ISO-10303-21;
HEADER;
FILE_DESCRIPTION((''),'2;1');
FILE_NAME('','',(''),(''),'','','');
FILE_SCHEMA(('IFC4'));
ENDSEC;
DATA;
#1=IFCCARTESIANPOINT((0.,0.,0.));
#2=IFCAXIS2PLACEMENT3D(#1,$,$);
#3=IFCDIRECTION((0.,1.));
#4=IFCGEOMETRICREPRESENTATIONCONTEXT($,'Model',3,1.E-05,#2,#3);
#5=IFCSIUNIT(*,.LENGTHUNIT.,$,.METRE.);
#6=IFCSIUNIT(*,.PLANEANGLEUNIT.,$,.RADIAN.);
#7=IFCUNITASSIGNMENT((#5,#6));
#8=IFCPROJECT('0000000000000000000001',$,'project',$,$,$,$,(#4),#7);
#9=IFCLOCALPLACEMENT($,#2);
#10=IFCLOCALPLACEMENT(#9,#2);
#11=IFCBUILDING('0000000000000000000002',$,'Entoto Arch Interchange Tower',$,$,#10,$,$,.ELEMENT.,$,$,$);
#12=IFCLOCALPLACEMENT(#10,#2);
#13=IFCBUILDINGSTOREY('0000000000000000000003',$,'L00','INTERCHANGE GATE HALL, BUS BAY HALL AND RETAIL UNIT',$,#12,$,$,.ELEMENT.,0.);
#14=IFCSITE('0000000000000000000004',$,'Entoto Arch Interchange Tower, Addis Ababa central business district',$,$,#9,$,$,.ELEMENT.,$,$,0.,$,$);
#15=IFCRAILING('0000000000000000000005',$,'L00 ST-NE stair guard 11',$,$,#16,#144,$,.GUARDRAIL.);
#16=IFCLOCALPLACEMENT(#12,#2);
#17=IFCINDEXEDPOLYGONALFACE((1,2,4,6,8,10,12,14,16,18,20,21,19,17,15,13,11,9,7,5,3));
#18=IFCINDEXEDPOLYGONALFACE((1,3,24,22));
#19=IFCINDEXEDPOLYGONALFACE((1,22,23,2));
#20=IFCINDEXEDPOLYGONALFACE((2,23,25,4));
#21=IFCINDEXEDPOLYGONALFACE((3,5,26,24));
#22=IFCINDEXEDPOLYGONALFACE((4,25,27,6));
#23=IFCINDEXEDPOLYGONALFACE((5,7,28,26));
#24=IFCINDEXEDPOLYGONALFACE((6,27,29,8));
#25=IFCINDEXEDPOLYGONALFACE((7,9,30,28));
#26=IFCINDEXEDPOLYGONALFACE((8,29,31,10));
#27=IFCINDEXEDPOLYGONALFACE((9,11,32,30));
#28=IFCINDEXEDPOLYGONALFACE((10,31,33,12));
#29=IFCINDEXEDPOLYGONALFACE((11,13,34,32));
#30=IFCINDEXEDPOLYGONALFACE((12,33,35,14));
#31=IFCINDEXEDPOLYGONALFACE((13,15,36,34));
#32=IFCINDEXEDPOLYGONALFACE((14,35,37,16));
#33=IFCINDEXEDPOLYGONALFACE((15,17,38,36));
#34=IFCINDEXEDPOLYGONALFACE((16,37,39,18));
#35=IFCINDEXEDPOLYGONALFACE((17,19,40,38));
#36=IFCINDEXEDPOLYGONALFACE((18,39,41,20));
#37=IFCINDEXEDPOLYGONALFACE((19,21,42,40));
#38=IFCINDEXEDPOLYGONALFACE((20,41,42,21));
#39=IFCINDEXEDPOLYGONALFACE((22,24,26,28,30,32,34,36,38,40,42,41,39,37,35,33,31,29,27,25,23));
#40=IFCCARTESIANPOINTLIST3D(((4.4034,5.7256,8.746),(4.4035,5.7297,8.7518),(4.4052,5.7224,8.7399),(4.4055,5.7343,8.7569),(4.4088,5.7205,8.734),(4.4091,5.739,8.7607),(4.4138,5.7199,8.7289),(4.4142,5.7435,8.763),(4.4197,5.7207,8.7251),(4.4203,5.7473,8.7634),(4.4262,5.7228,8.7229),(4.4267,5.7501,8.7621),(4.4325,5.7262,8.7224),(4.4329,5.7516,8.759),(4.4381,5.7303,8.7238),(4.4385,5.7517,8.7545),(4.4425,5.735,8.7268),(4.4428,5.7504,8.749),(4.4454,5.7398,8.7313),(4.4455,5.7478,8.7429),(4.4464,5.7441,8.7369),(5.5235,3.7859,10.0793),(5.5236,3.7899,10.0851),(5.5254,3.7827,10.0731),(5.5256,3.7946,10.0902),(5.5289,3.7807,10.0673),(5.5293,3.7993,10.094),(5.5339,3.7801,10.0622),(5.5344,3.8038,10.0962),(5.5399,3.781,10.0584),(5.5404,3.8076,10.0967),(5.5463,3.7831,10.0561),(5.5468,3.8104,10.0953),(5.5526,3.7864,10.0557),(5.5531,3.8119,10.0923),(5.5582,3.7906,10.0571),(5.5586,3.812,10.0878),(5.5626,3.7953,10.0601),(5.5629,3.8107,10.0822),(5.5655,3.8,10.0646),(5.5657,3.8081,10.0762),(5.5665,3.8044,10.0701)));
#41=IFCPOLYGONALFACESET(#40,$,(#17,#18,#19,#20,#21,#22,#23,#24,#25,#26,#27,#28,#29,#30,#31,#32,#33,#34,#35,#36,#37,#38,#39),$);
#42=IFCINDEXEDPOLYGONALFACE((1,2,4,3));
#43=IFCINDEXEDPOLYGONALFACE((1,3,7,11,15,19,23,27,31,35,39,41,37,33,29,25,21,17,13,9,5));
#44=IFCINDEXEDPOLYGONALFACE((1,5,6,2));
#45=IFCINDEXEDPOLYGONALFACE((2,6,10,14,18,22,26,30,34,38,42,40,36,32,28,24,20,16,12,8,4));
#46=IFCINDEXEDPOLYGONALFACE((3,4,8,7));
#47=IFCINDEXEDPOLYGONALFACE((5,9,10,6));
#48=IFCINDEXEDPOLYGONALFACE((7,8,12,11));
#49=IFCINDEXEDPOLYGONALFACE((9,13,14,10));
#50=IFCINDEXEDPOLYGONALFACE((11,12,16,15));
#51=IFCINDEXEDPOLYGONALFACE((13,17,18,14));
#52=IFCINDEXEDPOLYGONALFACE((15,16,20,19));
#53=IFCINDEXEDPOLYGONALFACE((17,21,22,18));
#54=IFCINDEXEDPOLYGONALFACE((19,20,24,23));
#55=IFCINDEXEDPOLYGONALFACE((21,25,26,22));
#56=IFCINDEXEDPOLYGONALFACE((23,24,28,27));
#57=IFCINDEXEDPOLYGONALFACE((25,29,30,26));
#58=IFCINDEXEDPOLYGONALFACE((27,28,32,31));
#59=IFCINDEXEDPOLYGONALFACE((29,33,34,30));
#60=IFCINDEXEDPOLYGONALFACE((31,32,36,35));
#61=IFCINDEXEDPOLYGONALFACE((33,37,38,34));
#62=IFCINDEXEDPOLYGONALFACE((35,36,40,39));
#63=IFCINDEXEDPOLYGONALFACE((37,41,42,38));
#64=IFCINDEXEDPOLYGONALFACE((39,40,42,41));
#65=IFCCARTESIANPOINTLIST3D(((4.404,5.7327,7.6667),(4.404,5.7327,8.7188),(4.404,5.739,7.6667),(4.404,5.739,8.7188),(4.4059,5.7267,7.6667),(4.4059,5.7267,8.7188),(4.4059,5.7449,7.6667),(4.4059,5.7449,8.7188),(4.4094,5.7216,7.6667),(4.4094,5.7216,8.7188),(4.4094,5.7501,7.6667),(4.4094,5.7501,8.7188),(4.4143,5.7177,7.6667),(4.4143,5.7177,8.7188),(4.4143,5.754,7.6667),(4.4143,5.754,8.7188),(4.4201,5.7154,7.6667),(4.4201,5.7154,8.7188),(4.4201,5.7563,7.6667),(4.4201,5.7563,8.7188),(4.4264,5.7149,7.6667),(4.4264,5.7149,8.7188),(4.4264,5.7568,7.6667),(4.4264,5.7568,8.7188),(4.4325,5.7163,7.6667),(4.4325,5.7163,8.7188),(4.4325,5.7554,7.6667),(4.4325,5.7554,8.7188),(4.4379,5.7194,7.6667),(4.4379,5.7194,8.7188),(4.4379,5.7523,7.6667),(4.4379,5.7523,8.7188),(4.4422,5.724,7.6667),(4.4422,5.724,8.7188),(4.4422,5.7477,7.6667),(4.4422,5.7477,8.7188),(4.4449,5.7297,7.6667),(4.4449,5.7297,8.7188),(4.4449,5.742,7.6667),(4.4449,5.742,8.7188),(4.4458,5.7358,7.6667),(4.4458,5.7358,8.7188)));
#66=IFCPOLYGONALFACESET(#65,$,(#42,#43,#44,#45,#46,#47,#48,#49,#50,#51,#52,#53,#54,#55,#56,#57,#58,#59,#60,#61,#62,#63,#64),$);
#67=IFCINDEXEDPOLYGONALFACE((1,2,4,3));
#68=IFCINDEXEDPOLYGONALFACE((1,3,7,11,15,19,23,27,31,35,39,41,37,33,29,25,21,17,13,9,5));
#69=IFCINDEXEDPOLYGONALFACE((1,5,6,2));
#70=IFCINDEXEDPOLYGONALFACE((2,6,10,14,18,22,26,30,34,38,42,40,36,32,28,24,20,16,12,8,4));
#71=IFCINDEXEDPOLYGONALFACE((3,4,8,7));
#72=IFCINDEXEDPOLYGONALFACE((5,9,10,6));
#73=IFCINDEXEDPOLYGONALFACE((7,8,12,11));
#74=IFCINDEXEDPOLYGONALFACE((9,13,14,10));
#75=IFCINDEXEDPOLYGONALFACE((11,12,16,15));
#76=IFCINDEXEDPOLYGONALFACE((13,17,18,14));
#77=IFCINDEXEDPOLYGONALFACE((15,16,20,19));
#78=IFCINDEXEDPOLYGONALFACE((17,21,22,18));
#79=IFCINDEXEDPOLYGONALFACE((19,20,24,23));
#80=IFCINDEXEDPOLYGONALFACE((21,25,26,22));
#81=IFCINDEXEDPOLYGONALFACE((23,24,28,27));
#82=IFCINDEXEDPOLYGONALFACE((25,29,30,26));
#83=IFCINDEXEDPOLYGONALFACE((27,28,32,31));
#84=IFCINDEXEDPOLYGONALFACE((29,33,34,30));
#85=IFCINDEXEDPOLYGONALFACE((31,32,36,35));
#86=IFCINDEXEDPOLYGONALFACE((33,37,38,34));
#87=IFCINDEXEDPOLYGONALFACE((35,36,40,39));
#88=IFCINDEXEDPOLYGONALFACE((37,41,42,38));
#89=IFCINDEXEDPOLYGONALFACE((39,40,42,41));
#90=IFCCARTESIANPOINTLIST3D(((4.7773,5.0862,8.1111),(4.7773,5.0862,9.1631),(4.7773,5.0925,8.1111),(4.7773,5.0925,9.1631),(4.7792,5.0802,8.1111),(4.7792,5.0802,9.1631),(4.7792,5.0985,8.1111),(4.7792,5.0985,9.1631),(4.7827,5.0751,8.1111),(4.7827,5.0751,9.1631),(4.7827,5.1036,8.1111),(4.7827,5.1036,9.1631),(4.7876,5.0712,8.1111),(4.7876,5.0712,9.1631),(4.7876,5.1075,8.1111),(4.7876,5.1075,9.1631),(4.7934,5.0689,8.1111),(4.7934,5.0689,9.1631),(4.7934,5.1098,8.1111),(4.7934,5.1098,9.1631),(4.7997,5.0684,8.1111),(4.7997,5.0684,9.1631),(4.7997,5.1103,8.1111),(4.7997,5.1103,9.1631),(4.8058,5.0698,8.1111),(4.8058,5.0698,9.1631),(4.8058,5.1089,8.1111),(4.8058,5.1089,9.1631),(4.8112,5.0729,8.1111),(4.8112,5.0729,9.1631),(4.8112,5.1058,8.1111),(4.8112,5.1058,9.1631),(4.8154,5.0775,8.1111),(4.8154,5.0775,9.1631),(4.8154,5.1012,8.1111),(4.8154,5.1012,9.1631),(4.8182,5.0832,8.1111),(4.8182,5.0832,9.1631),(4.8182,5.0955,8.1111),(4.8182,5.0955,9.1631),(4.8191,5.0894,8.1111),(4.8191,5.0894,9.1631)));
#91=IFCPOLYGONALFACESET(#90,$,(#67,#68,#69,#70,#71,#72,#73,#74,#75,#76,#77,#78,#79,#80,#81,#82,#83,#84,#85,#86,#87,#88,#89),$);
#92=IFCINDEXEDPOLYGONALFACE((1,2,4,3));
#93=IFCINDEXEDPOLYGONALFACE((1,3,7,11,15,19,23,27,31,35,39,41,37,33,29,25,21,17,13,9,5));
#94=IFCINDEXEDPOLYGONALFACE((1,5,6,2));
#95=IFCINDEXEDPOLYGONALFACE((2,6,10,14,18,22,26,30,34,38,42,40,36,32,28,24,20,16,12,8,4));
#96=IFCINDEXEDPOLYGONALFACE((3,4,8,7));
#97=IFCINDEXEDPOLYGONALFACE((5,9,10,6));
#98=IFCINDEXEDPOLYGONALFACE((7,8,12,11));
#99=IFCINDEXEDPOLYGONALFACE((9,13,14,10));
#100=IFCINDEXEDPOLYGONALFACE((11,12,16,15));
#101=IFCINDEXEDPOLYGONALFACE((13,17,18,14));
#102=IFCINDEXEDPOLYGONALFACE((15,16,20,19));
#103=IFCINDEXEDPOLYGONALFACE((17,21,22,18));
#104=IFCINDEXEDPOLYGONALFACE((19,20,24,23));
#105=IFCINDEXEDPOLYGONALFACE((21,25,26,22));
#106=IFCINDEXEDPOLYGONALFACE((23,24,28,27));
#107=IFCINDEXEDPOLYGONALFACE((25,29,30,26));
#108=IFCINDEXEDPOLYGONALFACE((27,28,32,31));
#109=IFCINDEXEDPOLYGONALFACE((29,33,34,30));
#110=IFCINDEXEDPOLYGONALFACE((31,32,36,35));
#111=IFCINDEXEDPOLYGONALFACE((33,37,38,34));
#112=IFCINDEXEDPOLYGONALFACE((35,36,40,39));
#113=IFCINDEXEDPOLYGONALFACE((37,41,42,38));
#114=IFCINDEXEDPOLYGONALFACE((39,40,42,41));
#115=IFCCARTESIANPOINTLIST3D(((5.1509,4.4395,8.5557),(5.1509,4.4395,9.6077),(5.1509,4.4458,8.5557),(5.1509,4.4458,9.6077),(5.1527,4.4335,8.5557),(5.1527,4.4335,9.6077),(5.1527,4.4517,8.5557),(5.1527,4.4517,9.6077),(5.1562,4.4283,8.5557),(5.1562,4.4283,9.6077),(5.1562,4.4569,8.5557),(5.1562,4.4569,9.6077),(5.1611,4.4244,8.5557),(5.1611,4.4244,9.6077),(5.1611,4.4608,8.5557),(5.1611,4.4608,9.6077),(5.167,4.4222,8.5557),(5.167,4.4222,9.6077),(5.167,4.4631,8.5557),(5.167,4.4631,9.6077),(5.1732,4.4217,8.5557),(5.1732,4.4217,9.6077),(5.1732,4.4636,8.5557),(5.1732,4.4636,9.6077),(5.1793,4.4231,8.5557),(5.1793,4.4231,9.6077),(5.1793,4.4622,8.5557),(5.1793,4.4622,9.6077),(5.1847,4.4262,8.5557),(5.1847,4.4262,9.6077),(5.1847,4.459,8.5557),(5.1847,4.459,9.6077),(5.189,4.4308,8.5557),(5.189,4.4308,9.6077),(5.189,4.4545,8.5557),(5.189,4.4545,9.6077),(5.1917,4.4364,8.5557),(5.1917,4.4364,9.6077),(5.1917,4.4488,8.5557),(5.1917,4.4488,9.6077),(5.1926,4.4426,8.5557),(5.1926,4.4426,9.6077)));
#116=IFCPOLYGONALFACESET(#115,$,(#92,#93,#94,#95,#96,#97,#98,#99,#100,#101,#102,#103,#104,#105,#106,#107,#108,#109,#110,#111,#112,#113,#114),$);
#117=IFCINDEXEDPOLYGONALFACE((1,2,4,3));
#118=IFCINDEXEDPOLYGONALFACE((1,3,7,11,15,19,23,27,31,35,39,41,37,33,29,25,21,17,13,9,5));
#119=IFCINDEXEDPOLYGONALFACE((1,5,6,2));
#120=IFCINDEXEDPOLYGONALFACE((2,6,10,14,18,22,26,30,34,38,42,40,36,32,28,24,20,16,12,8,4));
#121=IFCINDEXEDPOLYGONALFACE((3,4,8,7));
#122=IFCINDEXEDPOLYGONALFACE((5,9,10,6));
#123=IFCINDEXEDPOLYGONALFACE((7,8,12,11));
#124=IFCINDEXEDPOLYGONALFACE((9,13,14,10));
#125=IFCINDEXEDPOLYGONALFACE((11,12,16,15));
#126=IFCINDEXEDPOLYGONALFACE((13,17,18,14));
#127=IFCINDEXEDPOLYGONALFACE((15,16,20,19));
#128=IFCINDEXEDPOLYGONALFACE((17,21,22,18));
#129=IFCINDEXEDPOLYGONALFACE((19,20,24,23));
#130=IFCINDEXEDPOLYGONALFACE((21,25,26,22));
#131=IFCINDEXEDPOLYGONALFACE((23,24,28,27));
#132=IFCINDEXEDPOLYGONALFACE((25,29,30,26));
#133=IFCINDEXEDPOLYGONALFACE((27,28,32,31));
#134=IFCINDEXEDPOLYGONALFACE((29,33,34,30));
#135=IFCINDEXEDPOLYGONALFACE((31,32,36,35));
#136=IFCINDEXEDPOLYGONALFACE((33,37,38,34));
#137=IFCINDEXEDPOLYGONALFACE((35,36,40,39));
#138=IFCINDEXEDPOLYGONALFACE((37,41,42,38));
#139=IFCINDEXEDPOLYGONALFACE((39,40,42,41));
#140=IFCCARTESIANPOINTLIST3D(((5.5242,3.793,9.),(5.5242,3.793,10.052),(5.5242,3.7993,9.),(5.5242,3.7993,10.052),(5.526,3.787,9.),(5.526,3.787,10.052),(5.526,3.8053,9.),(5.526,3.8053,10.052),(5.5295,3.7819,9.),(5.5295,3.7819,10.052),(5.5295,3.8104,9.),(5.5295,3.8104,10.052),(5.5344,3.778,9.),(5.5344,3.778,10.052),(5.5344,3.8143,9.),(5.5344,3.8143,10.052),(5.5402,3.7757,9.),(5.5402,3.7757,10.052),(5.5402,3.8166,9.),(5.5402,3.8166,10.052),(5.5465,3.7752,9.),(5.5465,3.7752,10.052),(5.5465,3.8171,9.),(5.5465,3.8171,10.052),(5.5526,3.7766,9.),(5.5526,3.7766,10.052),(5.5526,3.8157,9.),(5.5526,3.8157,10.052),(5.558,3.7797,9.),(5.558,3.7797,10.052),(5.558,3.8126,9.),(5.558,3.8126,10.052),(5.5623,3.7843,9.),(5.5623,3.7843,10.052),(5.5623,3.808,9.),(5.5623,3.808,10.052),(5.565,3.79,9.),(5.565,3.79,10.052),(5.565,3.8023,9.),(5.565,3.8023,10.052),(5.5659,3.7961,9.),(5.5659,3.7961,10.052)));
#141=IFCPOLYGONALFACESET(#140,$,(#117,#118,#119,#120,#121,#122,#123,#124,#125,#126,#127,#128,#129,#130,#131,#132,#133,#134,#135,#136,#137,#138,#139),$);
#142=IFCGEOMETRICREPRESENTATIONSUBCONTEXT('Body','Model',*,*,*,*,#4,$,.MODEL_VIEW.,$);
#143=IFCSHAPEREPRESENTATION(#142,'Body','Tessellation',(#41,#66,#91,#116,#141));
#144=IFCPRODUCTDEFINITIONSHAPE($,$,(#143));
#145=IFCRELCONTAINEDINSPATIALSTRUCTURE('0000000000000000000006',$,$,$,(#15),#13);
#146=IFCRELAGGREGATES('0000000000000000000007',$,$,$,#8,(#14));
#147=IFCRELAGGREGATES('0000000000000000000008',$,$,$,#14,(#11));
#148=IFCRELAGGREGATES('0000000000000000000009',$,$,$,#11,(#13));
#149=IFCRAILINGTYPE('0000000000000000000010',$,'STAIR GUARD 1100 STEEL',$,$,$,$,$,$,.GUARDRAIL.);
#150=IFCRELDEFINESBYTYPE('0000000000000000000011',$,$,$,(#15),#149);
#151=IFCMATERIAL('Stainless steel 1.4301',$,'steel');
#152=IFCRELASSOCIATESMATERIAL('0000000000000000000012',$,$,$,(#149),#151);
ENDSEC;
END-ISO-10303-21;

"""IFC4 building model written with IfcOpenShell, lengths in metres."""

from ifc_helpers import new_model, si_unit, direction, frame, origin, origin_2d, place, context, subcontext, project, spatial, circle, extrude, material, type_object, element, save


model = new_model("IFC4")

# Units and contexts
model_context = context("Model", 3, precision=1e-05, world=origin(), true_north=direction((0.0, 1.0)))
body_context = subcontext(model_context, "Body", "Model", "MODEL_VIEW")
ifc_project = project(units=[si_unit("LENGTHUNIT", "METRE"), si_unit("PLANEANGLEUNIT", "RADIAN")], contexts=[model_context])

# Site, building, storey
site_placement = place(None, origin())
site = spatial("IfcSite", under=ifc_project, at=site_placement, Name="Entoto Arch Interchange Tower, Addis Ababa central business district", CompositionType="ELEMENT", RefElevation=0.0)
building_placement = place(site_placement, origin())
building = spatial("IfcBuilding", under=site, at=building_placement, Name="Entoto Arch Interchange Tower", CompositionType="ELEMENT")
storey_placement = place(building_placement, origin())
storey = spatial("IfcBuildingStorey", under=building, at=storey_placement, Name="L00", Description="INTERCHANGE GATE HALL, BUS BAY HALL AND RETAIL UNIT", CompositionType="ELEMENT", Elevation=0.0)

# Railing
ifc_material_1 = material(Name="Stainless steel 1.4301", Category="steel")
railing_type_1 = type_object("IfcRailingType", Name="STAIR GUARD 1100 STEEL", PredefinedType="GUARDRAIL", material=ifc_material_1)
railing_1_placement = place(storey_placement, frame((4.4248, 5.7358, 7.6667)))
element("IfcRailing", 1, at=railing_1_placement, inside=storey, type_object=railing_type_1, Name="L00 ST-NE stair guard 11", PredefinedType="GUARDRAIL", context=body_context, shape_type="SweptSolid", body=[
    extrude(circle(Radius=0.0239, at=origin_2d()), frame((0.0, 0.0, 1.0762), z_axis=(0.429714, -0.744133, 0.51148), x_axis=(0.86598, 0.500078, 0.0)), (0.0, 0.0, 1.0), 2.6067),
    extrude(circle(Radius=0.021, at=origin_2d()), origin(), (0.0, 0.0, 1.0), 1.052),
    extrude(circle(Radius=0.021, at=origin_2d()), frame((0.3733, -0.6465, 0.4443)), (0.0, 0.0, 1.0), 1.052),
    extrude(circle(Radius=0.021, at=origin_2d()), frame((0.7468, -1.2932, 0.8889)), (0.0, 0.0, 1.0), 1.052),
    extrude(circle(Radius=0.021, at=origin_2d()), frame((1.1201, -1.9397, 1.3333)), (0.0, 0.0, 1.0), 1.052),
])

save(model, "model.ifc")
